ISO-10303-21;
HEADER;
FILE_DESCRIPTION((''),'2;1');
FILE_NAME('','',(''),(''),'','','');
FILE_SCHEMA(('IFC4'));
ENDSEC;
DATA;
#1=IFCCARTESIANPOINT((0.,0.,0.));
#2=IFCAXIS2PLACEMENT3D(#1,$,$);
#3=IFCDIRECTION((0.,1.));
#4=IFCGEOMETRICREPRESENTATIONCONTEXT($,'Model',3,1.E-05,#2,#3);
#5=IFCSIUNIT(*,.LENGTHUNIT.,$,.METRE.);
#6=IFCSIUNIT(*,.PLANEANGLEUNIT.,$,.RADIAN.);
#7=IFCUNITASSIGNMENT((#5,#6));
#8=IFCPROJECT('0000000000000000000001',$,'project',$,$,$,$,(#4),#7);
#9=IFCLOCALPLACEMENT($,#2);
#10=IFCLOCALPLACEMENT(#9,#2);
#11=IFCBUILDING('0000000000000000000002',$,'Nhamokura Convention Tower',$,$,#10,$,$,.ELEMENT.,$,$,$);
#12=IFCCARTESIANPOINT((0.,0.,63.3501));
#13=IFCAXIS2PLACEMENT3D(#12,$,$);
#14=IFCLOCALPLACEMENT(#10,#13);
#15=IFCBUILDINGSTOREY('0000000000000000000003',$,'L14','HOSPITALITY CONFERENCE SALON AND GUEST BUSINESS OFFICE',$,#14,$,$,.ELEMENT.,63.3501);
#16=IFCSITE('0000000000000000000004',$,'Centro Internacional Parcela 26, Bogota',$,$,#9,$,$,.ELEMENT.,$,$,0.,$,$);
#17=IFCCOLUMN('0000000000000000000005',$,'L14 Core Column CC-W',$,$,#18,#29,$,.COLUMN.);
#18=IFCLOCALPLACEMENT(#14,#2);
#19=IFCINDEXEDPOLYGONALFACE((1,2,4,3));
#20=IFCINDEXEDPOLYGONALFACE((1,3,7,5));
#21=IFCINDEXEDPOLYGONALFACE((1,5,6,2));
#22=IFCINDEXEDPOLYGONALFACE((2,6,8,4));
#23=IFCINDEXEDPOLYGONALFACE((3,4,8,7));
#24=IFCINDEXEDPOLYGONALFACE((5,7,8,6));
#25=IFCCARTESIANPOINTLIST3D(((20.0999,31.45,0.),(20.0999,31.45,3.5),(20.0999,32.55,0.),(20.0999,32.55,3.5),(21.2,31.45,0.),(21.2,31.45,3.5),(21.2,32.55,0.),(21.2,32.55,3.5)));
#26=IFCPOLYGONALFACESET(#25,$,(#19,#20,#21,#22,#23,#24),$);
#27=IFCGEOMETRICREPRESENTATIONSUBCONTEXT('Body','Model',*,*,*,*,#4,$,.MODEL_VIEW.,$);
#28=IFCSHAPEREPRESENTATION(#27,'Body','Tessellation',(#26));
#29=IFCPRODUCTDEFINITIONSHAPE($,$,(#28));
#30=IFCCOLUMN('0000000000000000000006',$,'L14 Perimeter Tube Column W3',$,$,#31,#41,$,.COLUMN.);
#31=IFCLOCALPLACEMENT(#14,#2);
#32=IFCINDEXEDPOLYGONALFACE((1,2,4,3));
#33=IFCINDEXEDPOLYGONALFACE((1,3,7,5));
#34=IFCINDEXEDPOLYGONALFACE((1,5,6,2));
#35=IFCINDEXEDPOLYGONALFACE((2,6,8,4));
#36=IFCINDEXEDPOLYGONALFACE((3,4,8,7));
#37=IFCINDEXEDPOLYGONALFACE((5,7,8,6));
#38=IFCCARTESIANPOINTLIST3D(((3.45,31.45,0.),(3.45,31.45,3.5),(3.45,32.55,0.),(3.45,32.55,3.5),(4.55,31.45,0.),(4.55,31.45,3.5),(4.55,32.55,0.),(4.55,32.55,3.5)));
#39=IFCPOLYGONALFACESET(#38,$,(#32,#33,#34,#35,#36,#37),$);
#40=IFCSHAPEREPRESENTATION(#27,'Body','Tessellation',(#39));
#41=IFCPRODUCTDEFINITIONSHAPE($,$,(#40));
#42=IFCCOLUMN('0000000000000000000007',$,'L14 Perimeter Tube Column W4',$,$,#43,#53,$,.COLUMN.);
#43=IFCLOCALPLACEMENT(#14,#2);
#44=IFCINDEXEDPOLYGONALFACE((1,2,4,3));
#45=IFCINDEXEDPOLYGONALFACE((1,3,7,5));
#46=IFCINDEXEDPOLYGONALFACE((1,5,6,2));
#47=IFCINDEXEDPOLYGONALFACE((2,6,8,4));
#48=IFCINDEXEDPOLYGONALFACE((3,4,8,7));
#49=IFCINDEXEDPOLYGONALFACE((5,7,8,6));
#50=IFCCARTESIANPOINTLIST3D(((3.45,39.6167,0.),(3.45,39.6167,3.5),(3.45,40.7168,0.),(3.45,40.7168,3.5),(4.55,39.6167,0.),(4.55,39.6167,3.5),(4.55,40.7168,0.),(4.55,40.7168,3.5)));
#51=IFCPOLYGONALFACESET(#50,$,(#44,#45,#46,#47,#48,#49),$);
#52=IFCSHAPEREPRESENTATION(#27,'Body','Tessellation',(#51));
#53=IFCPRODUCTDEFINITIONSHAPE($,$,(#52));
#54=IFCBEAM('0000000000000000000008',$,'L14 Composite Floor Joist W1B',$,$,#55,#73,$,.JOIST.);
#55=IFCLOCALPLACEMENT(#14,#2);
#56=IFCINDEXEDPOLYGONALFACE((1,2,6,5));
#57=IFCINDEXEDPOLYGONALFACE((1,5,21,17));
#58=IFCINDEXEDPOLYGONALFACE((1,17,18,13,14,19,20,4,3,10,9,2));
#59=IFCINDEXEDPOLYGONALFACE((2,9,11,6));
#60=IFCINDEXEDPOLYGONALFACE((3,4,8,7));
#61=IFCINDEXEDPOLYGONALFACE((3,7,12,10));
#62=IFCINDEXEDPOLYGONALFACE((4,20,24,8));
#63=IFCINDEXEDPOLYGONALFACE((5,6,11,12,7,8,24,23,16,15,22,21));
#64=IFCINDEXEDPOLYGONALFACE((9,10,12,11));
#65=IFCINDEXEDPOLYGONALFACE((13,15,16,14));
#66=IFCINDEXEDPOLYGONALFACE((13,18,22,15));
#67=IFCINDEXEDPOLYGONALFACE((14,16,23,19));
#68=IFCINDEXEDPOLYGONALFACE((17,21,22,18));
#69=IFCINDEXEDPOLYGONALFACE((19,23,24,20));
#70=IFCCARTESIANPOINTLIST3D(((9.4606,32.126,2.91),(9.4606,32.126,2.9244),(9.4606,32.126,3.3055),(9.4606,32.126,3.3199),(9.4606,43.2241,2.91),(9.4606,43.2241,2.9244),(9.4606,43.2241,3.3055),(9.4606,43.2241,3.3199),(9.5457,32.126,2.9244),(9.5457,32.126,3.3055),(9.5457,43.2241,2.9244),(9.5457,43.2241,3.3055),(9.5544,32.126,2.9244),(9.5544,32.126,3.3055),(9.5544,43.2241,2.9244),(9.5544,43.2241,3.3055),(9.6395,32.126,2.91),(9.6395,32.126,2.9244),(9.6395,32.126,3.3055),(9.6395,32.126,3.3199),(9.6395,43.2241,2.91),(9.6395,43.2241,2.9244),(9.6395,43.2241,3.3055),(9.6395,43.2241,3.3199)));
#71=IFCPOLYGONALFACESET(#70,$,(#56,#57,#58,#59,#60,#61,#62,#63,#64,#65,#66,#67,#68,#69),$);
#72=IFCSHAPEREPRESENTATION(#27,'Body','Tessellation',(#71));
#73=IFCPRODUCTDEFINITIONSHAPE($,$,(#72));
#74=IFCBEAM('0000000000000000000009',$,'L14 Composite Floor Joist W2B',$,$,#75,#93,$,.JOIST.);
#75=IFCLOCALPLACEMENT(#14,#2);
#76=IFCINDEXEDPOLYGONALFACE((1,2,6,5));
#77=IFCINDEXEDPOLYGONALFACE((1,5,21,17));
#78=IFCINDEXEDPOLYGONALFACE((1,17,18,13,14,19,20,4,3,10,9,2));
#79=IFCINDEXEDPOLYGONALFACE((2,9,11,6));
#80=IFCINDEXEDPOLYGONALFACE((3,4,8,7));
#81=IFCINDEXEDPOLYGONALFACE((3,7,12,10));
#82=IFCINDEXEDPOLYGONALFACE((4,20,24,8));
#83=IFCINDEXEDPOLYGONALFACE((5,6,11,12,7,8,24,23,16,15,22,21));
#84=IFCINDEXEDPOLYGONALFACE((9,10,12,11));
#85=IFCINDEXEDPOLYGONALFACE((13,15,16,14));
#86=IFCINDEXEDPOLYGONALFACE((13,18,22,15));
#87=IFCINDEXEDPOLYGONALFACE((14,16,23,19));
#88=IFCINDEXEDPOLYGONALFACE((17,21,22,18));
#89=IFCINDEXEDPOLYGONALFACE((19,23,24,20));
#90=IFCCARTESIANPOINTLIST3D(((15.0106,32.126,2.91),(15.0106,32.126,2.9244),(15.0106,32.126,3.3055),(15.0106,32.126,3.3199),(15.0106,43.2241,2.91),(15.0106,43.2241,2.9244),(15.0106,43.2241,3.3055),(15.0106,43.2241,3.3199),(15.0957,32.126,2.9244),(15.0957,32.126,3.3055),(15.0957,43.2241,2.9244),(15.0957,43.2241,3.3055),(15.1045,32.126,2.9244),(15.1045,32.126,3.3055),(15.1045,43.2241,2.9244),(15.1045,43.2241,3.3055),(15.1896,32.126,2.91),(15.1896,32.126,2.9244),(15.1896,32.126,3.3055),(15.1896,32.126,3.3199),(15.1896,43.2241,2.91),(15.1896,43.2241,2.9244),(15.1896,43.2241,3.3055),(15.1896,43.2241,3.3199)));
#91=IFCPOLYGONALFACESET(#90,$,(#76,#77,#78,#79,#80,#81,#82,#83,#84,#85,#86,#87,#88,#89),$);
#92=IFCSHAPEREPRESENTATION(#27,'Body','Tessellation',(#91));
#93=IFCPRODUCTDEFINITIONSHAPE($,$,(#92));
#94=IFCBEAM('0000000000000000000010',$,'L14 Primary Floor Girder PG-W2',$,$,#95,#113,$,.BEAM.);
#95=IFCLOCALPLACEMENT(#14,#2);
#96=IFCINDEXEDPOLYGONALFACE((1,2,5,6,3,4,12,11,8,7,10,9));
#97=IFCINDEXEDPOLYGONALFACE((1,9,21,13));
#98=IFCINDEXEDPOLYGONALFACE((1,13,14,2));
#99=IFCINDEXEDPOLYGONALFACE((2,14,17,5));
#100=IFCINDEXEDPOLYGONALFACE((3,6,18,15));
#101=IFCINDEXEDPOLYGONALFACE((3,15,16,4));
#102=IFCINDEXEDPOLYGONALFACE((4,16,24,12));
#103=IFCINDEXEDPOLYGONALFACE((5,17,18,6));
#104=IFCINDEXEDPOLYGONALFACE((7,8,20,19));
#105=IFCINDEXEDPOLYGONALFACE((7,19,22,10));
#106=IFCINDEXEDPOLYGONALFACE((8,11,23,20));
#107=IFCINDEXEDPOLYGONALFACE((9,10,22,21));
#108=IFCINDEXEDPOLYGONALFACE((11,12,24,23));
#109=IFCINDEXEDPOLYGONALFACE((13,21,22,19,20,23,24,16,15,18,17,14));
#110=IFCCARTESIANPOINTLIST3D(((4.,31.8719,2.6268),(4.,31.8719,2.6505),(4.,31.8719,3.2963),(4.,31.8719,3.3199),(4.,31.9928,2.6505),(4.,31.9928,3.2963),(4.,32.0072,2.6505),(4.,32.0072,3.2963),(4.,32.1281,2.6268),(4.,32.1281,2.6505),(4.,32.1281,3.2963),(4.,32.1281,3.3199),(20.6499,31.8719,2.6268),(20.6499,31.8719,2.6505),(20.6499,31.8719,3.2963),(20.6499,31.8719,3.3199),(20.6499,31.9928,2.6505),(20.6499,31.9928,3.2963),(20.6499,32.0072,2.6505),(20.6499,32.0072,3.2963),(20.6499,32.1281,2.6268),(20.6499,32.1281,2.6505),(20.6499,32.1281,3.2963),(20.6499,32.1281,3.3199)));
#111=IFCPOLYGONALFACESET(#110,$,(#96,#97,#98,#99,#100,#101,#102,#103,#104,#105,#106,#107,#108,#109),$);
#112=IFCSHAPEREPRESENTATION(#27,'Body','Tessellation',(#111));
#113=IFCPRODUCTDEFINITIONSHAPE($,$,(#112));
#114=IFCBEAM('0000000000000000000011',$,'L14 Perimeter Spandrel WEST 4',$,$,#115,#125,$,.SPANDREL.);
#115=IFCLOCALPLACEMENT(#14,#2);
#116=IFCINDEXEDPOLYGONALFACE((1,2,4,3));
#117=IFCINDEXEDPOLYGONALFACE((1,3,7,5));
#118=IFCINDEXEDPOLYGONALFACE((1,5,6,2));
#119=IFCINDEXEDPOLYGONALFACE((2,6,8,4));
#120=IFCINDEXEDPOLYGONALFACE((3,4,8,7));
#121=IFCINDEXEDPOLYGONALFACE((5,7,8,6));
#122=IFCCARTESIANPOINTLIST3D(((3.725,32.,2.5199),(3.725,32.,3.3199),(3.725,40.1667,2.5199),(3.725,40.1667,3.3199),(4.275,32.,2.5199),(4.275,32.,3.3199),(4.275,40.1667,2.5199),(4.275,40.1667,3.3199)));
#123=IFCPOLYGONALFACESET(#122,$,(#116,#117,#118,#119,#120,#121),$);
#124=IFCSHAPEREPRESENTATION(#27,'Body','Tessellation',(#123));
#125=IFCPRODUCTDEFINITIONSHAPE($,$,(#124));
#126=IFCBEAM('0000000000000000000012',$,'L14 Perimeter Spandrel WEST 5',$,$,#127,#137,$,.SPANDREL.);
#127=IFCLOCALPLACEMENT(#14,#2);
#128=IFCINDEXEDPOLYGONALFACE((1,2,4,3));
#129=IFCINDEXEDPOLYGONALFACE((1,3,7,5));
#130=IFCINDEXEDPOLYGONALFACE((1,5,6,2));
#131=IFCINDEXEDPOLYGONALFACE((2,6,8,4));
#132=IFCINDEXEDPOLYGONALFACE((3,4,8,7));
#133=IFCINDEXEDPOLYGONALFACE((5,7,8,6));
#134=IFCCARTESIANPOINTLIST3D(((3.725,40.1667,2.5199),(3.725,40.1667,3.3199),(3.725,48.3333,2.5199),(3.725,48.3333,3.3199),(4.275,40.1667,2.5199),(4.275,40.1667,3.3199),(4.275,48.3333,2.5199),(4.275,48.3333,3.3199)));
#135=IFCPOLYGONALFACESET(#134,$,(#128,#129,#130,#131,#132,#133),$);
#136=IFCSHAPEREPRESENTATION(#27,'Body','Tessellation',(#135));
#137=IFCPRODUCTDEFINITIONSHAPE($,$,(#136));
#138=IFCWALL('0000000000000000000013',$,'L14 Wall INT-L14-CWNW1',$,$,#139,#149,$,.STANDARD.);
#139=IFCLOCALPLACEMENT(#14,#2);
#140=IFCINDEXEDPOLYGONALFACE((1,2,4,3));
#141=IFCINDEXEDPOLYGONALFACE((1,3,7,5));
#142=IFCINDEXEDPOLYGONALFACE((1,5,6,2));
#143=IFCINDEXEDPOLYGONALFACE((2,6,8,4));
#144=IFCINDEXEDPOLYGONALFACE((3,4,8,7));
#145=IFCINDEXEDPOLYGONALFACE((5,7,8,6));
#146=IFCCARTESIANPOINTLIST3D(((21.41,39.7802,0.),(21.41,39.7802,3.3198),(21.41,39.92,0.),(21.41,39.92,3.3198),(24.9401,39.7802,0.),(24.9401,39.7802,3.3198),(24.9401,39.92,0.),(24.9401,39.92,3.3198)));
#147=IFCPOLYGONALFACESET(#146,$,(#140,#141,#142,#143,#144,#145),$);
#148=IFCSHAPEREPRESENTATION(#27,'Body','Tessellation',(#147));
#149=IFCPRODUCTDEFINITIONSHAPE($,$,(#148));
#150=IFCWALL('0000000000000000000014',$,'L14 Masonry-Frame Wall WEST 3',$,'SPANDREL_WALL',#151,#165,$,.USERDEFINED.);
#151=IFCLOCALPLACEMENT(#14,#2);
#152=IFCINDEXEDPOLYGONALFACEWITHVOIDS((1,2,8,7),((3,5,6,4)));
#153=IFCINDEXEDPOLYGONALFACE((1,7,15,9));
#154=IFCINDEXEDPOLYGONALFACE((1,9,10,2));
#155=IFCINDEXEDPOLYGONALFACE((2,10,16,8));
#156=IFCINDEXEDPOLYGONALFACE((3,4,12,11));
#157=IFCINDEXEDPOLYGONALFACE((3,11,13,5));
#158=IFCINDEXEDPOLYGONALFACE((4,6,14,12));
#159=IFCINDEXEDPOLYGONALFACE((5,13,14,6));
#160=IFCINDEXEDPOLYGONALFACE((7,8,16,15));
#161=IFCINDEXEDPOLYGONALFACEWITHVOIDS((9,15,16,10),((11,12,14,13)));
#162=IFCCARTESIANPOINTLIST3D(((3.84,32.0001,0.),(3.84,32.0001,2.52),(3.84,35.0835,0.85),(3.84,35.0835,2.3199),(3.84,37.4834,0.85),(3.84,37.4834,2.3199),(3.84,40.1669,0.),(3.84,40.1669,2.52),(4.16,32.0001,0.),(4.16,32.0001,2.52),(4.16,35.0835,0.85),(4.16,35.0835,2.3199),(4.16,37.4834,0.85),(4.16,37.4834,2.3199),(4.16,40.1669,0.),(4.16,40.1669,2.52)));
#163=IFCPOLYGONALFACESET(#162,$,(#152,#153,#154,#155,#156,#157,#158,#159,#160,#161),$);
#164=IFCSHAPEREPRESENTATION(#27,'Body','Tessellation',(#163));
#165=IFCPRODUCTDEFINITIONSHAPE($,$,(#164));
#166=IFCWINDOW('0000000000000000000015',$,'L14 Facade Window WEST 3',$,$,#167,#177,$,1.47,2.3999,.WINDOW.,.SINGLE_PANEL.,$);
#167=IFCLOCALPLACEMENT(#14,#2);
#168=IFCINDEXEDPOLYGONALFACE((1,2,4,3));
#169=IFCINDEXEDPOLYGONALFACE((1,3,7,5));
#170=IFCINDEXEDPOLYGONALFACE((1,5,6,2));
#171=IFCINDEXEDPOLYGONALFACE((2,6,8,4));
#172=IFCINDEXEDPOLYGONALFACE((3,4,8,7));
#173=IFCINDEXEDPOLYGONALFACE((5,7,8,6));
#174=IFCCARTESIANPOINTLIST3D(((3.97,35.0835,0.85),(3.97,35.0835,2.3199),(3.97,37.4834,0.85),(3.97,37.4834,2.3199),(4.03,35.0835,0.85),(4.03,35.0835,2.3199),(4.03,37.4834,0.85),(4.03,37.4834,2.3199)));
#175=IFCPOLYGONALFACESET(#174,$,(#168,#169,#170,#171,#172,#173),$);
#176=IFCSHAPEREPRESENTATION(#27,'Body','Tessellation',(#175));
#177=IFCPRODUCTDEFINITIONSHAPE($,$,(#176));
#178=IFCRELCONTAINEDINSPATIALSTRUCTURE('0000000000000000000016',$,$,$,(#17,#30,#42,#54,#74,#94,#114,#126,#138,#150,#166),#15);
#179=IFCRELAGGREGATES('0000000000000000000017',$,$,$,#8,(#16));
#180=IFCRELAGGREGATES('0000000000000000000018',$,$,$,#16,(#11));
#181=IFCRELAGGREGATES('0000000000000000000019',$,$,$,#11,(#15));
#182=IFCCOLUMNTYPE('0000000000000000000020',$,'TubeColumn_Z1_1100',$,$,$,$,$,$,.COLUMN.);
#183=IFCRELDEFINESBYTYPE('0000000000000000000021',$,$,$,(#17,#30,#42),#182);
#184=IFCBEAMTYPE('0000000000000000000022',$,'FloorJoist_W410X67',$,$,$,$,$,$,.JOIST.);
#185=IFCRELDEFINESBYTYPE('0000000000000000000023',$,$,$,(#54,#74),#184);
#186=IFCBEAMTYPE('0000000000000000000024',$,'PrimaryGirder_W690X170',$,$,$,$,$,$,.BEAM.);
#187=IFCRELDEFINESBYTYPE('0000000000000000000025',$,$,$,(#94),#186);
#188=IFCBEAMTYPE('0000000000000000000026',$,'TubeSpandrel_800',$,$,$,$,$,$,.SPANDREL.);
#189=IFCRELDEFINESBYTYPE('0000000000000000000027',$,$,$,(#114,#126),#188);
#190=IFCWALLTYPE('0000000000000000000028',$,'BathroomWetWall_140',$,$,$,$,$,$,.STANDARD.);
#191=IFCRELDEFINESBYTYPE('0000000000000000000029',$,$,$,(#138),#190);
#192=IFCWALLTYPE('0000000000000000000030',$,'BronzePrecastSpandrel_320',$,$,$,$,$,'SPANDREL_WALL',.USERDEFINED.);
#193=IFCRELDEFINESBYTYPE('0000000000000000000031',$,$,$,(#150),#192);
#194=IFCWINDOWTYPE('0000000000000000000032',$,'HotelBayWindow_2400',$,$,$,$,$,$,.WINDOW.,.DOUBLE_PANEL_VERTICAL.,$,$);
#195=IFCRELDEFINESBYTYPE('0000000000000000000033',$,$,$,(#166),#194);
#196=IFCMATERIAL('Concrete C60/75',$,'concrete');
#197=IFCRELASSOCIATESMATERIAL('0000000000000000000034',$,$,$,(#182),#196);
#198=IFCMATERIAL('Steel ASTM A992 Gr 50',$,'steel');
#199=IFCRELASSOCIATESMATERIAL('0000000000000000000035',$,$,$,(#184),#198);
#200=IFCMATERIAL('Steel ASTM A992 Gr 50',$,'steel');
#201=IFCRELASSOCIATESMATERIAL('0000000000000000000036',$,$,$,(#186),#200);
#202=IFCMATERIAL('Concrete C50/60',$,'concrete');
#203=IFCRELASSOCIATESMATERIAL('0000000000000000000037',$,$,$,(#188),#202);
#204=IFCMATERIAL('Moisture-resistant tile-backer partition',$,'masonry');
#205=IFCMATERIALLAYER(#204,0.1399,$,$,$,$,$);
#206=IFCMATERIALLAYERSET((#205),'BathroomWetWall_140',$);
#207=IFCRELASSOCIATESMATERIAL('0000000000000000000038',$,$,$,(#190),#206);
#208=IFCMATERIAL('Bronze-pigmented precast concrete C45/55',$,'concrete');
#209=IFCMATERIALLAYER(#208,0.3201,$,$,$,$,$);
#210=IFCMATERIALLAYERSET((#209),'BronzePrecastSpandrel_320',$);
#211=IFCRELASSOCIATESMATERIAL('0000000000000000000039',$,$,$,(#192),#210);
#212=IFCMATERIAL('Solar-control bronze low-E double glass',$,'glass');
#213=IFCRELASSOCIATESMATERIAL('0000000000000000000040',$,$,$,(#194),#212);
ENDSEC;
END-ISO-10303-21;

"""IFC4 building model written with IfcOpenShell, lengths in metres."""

from ifc_helpers import new_model, si_unit, direction, frame, frame_2d, origin, origin_2d, place, context, subcontext, project, spatial, rectangle, i_section, extrude, material, layer, layer_set, material_profile, profile_set, type_object, element, fill, save


model = new_model("IFC4")

# Units and contexts
model_context = context("Model", 3, precision=1e-05, world=origin(), true_north=direction((0.0, 1.0)))
body_context = subcontext(model_context, "Body", "Model", "MODEL_VIEW")
ifc_project = project(units=[si_unit("LENGTHUNIT", "METRE"), si_unit("PLANEANGLEUNIT", "RADIAN")], contexts=[model_context])

# Site, building, storey
site_placement = place(None, origin())
site = spatial("IfcSite", under=ifc_project, at=site_placement, Name="Centro Internacional Parcela 26, Bogota", CompositionType="ELEMENT", RefElevation=0.0)
building_placement = place(site_placement, origin())
building = spatial("IfcBuilding", under=site, at=building_placement, Name="Nhamokura Convention Tower", CompositionType="ELEMENT")
storey_placement = place(building_placement, frame((0.0, 0.0, 63.3501)))
storey = spatial("IfcBuildingStorey", under=building, at=storey_placement, Name="L14", Description="HOSPITALITY CONFERENCE SALON AND GUEST BUSINESS OFFICE", CompositionType="ELEMENT", Elevation=63.3501)

# Columns
ifc_material_1 = material(Name="Concrete C60/75", Category="concrete")
ifc_material_profile_1 = material_profile(ifc_material_1, rectangle(XDim=1.1001, YDim=1.1001, at=origin_2d()))
ifc_profile_set_1 = profile_set([ifc_material_profile_1], Name="Concrete C60/75")
column_type = type_object("IfcColumnType", Name="TubeColumn_Z1_1100", PredefinedType="COLUMN", material=ifc_profile_set_1)
for number, where, z_axis, x_axis, name in (
    (1, (20.6499, 32.0, 0.0), (0.0, 0.0, 1.0), (1.0, 0.0, 0.0), "L14 Core Column CC-W"),
    (2, (4.0, 32.0, 0.0), (0.0, 0.0, 1.0), (1.0, 0.0, 0.0), "L14 Perimeter Tube Column W3"),
    (3, (4.0, 40.1667, 0.0), (0.0, 0.0, 1.0), (1.0, 0.0, 0.0), "L14 Perimeter Tube Column W4"),
):
    element("IfcColumn", number, at=place(storey_placement, frame(where, z_axis=z_axis, x_axis=x_axis)), inside=storey, type_object=column_type, Name=name, PredefinedType="COLUMN", context=body_context, shape_type="SweptSolid", body=[
        extrude(rectangle(XDim=1.1001, YDim=1.1001, at=origin_2d()), origin(), (0.0, 0.0, 1.0), 3.5),
    ])

# Beams
ifc_material_2 = material(Name="Steel ASTM A992 Gr 50", Category="steel")
ifc_material_profile_2 = material_profile(ifc_material_2, i_section(OverallWidth=0.179, OverallDepth=0.4099, WebThickness=0.0088, FlangeThickness=0.0144, at=origin_2d()))
ifc_profile_set_2 = profile_set([ifc_material_profile_2], Name="Steel ASTM A992 Gr 50")
beam_type_1 = type_object("IfcBeamType", Name="FloorJoist_W410X67", PredefinedType="JOIST", material=ifc_profile_set_2)
for number, where, z_axis, x_axis, name in (
    (4, (9.55, 32.126, 3.115), (0.0, 1.0, 0.0), (-1.0, 0.0, 0.0), "L14 Composite Floor Joist W1B"),
    (5, (15.1001, 32.126, 3.115), (0.0, 1.0, 0.0), (-1.0, 0.0, 0.0), "L14 Composite Floor Joist W2B"),
):
    element("IfcBeam", number, at=place(storey_placement, frame(where, z_axis=z_axis, x_axis=x_axis)), inside=storey, type_object=beam_type_1, Name=name, PredefinedType="JOIST", context=body_context, shape_type="SweptSolid", body=[
        extrude(i_section(OverallWidth=0.179, OverallDepth=0.4099, WebThickness=0.0088, FlangeThickness=0.0144, at=origin_2d()), origin(), (0.0, 0.0, 1.0), 11.0981),
    ])
ifc_material_3 = material(Name="Steel ASTM A992 Gr 50", Category="steel")
ifc_material_profile_3 = material_profile(ifc_material_3, i_section(OverallWidth=0.2561, OverallDepth=0.6931, WebThickness=0.0144, FlangeThickness=0.0237, at=origin_2d()))
ifc_profile_set_3 = profile_set([ifc_material_profile_3], Name="Steel ASTM A992 Gr 50")
beam_type_2 = type_object("IfcBeamType", Name="PrimaryGirder_W690X170", PredefinedType="BEAM", material=ifc_profile_set_3)
beam_1_placement = place(storey_placement, frame((4.0, 32.0, 2.9734), z_axis=(1.0, 0.0, 0.0), x_axis=(0.0, 1.0, 0.0)))
element("IfcBeam", 6, at=beam_1_placement, inside=storey, type_object=beam_type_2, Name="L14 Primary Floor Girder PG-W2", PredefinedType="BEAM", context=body_context, shape_type="SweptSolid", body=[
    extrude(i_section(OverallWidth=0.2561, OverallDepth=0.6931, WebThickness=0.0144, FlangeThickness=0.0237, at=origin_2d()), origin(), (0.0, 0.0, 1.0), 16.6499),
])
ifc_material_4 = material(Name="Concrete C50/60", Category="concrete")
ifc_material_profile_4 = material_profile(ifc_material_4, rectangle(XDim=0.55, YDim=0.8, at=origin_2d()))
ifc_profile_set_4 = profile_set([ifc_material_profile_4], Name="Concrete C50/60")
beam_type_3 = type_object("IfcBeamType", Name="TubeSpandrel_800", PredefinedType="SPANDREL", material=ifc_profile_set_4)
beam_2_placement = place(storey_placement, frame((4.0, 32.0, 2.9199), z_axis=(0.0, 1.0, 0.0), x_axis=(-1.0, 0.0, 0.0)))
element("IfcBeam", 7, at=beam_2_placement, inside=storey, type_object=beam_type_3, Name="L14 Perimeter Spandrel WEST 4", PredefinedType="SPANDREL", context=body_context, shape_type="SweptSolid", body=[
    extrude(rectangle(XDim=0.55, YDim=0.8, at=origin_2d()), origin(), (0.0, 0.0, 1.0), 8.1667),
])
beam_3_placement = place(storey_placement, frame((4.0, 40.1667, 2.9199), z_axis=(0.0, 1.0, 0.0), x_axis=(-1.0, 0.0, 0.0)))
element("IfcBeam", 8, at=beam_3_placement, inside=storey, type_object=beam_type_3, Name="L14 Perimeter Spandrel WEST 5", PredefinedType="SPANDREL", context=body_context, shape_type="SweptSolid", body=[
    extrude(rectangle(XDim=0.55, YDim=0.8, at=origin_2d()), origin(), (0.0, 0.0, 1.0), 8.1665),
])

# Wall
ifc_material_5 = material(Name="Moisture-resistant tile-backer partition", Category="masonry")
ifc_layer_1 = layer(ifc_material_5, 0.1399)
ifc_layer_set_1 = layer_set([ifc_layer_1], Name="BathroomWetWall_140")
wall_type_1 = type_object("IfcWallType", Name="BathroomWetWall_140", PredefinedType="STANDARD", material=ifc_layer_set_1)
wall_1_placement = place(storey_placement, frame((21.4099, 39.8501, 0.0), z_axis=(0.0, 0.0, 1.0), x_axis=(1.0, 0.0, 0.0)))
element("IfcWall", 9, at=wall_1_placement, inside=storey, type_object=wall_type_1, Name="L14 Wall INT-L14-CWNW1", PredefinedType="STANDARD", context=body_context, shape_type="SweptSolid", body=[
    extrude(rectangle(XDim=3.53, YDim=0.1399, at=frame_2d((1.7651, 0.0))), origin(), (0.0, 0.0, 1.0), 3.3198),
])

# Wall, opening, window
ifc_material_6 = material(Name="Bronze-pigmented precast concrete C45/55", Category="concrete")
ifc_layer_2 = layer(ifc_material_6, 0.3201)
ifc_layer_set_2 = layer_set([ifc_layer_2], Name="BronzePrecastSpandrel_320")
wall_type_2 = type_object("IfcWallType", Name="BronzePrecastSpandrel_320", ElementType="SPANDREL_WALL", PredefinedType="USERDEFINED", material=ifc_layer_set_2)
wall_2_placement = place(storey_placement, frame((4.0, 32.0, 0.0), z_axis=(0.0, 0.0, 1.0), x_axis=(0.0, 1.0, 0.0)))
wall_2 = element("IfcWall", 10, at=wall_2_placement, inside=storey, type_object=wall_type_2, Name="L14 Masonry-Frame Wall WEST 3", ObjectType="SPANDREL_WALL", PredefinedType="USERDEFINED", context=body_context, shape_type="SweptSolid", body=[
    extrude(rectangle(XDim=8.1667, YDim=0.3201, at=frame_2d((4.0835, 0.0))), origin(), (0.0, 0.0, 1.0), 2.52),
])
opening_1_placement = place(wall_2_placement, frame((3.0835, 0.0, 0.8501)))
opening_1 = element("IfcOpeningElement", 11, at=opening_1_placement, cuts=wall_2, PredefinedType="OPENING", context=body_context, shape_type="SweptSolid", body=[
    extrude(rectangle(XDim=2.3999, YDim=1.47, at=frame_2d((1.2, 0.7349))), frame((0.0, 0.1699, 0.0), z_axis=(0.0, -1.0, 0.0), x_axis=(1.0, 0.0, 0.0)), (0.0, 0.0, 1.0), 0.3401),
])
ifc_material_7 = material(Name="Solar-control bronze low-E double glass", Category="glass")
window_type_1 = type_object("IfcWindowType", Name="HotelBayWindow_2400", PartitioningType="DOUBLE_PANEL_VERTICAL", PredefinedType="WINDOW", material=ifc_material_7)
window_1_placement = place(opening_1_placement, origin())
window_1 = element("IfcWindow", 12, at=window_1_placement, inside=storey, type_object=window_type_1, Name="L14 Facade Window WEST 3", OverallHeight=1.47, OverallWidth=2.3999, PartitioningType="SINGLE_PANEL", PredefinedType="WINDOW", context=body_context, shape_type="SweptSolid", body=[
    extrude(rectangle(XDim=2.3999, YDim=1.47, at=frame_2d((1.2, 0.7349))), frame((0.0, 0.03, 0.0), z_axis=(0.0, -1.0, 0.0), x_axis=(1.0, 0.0, 0.0)), (0.0, 0.0, 1.0), 0.0601),
])
fill(opening_1, window_1)

save(model, "model.ifc")
